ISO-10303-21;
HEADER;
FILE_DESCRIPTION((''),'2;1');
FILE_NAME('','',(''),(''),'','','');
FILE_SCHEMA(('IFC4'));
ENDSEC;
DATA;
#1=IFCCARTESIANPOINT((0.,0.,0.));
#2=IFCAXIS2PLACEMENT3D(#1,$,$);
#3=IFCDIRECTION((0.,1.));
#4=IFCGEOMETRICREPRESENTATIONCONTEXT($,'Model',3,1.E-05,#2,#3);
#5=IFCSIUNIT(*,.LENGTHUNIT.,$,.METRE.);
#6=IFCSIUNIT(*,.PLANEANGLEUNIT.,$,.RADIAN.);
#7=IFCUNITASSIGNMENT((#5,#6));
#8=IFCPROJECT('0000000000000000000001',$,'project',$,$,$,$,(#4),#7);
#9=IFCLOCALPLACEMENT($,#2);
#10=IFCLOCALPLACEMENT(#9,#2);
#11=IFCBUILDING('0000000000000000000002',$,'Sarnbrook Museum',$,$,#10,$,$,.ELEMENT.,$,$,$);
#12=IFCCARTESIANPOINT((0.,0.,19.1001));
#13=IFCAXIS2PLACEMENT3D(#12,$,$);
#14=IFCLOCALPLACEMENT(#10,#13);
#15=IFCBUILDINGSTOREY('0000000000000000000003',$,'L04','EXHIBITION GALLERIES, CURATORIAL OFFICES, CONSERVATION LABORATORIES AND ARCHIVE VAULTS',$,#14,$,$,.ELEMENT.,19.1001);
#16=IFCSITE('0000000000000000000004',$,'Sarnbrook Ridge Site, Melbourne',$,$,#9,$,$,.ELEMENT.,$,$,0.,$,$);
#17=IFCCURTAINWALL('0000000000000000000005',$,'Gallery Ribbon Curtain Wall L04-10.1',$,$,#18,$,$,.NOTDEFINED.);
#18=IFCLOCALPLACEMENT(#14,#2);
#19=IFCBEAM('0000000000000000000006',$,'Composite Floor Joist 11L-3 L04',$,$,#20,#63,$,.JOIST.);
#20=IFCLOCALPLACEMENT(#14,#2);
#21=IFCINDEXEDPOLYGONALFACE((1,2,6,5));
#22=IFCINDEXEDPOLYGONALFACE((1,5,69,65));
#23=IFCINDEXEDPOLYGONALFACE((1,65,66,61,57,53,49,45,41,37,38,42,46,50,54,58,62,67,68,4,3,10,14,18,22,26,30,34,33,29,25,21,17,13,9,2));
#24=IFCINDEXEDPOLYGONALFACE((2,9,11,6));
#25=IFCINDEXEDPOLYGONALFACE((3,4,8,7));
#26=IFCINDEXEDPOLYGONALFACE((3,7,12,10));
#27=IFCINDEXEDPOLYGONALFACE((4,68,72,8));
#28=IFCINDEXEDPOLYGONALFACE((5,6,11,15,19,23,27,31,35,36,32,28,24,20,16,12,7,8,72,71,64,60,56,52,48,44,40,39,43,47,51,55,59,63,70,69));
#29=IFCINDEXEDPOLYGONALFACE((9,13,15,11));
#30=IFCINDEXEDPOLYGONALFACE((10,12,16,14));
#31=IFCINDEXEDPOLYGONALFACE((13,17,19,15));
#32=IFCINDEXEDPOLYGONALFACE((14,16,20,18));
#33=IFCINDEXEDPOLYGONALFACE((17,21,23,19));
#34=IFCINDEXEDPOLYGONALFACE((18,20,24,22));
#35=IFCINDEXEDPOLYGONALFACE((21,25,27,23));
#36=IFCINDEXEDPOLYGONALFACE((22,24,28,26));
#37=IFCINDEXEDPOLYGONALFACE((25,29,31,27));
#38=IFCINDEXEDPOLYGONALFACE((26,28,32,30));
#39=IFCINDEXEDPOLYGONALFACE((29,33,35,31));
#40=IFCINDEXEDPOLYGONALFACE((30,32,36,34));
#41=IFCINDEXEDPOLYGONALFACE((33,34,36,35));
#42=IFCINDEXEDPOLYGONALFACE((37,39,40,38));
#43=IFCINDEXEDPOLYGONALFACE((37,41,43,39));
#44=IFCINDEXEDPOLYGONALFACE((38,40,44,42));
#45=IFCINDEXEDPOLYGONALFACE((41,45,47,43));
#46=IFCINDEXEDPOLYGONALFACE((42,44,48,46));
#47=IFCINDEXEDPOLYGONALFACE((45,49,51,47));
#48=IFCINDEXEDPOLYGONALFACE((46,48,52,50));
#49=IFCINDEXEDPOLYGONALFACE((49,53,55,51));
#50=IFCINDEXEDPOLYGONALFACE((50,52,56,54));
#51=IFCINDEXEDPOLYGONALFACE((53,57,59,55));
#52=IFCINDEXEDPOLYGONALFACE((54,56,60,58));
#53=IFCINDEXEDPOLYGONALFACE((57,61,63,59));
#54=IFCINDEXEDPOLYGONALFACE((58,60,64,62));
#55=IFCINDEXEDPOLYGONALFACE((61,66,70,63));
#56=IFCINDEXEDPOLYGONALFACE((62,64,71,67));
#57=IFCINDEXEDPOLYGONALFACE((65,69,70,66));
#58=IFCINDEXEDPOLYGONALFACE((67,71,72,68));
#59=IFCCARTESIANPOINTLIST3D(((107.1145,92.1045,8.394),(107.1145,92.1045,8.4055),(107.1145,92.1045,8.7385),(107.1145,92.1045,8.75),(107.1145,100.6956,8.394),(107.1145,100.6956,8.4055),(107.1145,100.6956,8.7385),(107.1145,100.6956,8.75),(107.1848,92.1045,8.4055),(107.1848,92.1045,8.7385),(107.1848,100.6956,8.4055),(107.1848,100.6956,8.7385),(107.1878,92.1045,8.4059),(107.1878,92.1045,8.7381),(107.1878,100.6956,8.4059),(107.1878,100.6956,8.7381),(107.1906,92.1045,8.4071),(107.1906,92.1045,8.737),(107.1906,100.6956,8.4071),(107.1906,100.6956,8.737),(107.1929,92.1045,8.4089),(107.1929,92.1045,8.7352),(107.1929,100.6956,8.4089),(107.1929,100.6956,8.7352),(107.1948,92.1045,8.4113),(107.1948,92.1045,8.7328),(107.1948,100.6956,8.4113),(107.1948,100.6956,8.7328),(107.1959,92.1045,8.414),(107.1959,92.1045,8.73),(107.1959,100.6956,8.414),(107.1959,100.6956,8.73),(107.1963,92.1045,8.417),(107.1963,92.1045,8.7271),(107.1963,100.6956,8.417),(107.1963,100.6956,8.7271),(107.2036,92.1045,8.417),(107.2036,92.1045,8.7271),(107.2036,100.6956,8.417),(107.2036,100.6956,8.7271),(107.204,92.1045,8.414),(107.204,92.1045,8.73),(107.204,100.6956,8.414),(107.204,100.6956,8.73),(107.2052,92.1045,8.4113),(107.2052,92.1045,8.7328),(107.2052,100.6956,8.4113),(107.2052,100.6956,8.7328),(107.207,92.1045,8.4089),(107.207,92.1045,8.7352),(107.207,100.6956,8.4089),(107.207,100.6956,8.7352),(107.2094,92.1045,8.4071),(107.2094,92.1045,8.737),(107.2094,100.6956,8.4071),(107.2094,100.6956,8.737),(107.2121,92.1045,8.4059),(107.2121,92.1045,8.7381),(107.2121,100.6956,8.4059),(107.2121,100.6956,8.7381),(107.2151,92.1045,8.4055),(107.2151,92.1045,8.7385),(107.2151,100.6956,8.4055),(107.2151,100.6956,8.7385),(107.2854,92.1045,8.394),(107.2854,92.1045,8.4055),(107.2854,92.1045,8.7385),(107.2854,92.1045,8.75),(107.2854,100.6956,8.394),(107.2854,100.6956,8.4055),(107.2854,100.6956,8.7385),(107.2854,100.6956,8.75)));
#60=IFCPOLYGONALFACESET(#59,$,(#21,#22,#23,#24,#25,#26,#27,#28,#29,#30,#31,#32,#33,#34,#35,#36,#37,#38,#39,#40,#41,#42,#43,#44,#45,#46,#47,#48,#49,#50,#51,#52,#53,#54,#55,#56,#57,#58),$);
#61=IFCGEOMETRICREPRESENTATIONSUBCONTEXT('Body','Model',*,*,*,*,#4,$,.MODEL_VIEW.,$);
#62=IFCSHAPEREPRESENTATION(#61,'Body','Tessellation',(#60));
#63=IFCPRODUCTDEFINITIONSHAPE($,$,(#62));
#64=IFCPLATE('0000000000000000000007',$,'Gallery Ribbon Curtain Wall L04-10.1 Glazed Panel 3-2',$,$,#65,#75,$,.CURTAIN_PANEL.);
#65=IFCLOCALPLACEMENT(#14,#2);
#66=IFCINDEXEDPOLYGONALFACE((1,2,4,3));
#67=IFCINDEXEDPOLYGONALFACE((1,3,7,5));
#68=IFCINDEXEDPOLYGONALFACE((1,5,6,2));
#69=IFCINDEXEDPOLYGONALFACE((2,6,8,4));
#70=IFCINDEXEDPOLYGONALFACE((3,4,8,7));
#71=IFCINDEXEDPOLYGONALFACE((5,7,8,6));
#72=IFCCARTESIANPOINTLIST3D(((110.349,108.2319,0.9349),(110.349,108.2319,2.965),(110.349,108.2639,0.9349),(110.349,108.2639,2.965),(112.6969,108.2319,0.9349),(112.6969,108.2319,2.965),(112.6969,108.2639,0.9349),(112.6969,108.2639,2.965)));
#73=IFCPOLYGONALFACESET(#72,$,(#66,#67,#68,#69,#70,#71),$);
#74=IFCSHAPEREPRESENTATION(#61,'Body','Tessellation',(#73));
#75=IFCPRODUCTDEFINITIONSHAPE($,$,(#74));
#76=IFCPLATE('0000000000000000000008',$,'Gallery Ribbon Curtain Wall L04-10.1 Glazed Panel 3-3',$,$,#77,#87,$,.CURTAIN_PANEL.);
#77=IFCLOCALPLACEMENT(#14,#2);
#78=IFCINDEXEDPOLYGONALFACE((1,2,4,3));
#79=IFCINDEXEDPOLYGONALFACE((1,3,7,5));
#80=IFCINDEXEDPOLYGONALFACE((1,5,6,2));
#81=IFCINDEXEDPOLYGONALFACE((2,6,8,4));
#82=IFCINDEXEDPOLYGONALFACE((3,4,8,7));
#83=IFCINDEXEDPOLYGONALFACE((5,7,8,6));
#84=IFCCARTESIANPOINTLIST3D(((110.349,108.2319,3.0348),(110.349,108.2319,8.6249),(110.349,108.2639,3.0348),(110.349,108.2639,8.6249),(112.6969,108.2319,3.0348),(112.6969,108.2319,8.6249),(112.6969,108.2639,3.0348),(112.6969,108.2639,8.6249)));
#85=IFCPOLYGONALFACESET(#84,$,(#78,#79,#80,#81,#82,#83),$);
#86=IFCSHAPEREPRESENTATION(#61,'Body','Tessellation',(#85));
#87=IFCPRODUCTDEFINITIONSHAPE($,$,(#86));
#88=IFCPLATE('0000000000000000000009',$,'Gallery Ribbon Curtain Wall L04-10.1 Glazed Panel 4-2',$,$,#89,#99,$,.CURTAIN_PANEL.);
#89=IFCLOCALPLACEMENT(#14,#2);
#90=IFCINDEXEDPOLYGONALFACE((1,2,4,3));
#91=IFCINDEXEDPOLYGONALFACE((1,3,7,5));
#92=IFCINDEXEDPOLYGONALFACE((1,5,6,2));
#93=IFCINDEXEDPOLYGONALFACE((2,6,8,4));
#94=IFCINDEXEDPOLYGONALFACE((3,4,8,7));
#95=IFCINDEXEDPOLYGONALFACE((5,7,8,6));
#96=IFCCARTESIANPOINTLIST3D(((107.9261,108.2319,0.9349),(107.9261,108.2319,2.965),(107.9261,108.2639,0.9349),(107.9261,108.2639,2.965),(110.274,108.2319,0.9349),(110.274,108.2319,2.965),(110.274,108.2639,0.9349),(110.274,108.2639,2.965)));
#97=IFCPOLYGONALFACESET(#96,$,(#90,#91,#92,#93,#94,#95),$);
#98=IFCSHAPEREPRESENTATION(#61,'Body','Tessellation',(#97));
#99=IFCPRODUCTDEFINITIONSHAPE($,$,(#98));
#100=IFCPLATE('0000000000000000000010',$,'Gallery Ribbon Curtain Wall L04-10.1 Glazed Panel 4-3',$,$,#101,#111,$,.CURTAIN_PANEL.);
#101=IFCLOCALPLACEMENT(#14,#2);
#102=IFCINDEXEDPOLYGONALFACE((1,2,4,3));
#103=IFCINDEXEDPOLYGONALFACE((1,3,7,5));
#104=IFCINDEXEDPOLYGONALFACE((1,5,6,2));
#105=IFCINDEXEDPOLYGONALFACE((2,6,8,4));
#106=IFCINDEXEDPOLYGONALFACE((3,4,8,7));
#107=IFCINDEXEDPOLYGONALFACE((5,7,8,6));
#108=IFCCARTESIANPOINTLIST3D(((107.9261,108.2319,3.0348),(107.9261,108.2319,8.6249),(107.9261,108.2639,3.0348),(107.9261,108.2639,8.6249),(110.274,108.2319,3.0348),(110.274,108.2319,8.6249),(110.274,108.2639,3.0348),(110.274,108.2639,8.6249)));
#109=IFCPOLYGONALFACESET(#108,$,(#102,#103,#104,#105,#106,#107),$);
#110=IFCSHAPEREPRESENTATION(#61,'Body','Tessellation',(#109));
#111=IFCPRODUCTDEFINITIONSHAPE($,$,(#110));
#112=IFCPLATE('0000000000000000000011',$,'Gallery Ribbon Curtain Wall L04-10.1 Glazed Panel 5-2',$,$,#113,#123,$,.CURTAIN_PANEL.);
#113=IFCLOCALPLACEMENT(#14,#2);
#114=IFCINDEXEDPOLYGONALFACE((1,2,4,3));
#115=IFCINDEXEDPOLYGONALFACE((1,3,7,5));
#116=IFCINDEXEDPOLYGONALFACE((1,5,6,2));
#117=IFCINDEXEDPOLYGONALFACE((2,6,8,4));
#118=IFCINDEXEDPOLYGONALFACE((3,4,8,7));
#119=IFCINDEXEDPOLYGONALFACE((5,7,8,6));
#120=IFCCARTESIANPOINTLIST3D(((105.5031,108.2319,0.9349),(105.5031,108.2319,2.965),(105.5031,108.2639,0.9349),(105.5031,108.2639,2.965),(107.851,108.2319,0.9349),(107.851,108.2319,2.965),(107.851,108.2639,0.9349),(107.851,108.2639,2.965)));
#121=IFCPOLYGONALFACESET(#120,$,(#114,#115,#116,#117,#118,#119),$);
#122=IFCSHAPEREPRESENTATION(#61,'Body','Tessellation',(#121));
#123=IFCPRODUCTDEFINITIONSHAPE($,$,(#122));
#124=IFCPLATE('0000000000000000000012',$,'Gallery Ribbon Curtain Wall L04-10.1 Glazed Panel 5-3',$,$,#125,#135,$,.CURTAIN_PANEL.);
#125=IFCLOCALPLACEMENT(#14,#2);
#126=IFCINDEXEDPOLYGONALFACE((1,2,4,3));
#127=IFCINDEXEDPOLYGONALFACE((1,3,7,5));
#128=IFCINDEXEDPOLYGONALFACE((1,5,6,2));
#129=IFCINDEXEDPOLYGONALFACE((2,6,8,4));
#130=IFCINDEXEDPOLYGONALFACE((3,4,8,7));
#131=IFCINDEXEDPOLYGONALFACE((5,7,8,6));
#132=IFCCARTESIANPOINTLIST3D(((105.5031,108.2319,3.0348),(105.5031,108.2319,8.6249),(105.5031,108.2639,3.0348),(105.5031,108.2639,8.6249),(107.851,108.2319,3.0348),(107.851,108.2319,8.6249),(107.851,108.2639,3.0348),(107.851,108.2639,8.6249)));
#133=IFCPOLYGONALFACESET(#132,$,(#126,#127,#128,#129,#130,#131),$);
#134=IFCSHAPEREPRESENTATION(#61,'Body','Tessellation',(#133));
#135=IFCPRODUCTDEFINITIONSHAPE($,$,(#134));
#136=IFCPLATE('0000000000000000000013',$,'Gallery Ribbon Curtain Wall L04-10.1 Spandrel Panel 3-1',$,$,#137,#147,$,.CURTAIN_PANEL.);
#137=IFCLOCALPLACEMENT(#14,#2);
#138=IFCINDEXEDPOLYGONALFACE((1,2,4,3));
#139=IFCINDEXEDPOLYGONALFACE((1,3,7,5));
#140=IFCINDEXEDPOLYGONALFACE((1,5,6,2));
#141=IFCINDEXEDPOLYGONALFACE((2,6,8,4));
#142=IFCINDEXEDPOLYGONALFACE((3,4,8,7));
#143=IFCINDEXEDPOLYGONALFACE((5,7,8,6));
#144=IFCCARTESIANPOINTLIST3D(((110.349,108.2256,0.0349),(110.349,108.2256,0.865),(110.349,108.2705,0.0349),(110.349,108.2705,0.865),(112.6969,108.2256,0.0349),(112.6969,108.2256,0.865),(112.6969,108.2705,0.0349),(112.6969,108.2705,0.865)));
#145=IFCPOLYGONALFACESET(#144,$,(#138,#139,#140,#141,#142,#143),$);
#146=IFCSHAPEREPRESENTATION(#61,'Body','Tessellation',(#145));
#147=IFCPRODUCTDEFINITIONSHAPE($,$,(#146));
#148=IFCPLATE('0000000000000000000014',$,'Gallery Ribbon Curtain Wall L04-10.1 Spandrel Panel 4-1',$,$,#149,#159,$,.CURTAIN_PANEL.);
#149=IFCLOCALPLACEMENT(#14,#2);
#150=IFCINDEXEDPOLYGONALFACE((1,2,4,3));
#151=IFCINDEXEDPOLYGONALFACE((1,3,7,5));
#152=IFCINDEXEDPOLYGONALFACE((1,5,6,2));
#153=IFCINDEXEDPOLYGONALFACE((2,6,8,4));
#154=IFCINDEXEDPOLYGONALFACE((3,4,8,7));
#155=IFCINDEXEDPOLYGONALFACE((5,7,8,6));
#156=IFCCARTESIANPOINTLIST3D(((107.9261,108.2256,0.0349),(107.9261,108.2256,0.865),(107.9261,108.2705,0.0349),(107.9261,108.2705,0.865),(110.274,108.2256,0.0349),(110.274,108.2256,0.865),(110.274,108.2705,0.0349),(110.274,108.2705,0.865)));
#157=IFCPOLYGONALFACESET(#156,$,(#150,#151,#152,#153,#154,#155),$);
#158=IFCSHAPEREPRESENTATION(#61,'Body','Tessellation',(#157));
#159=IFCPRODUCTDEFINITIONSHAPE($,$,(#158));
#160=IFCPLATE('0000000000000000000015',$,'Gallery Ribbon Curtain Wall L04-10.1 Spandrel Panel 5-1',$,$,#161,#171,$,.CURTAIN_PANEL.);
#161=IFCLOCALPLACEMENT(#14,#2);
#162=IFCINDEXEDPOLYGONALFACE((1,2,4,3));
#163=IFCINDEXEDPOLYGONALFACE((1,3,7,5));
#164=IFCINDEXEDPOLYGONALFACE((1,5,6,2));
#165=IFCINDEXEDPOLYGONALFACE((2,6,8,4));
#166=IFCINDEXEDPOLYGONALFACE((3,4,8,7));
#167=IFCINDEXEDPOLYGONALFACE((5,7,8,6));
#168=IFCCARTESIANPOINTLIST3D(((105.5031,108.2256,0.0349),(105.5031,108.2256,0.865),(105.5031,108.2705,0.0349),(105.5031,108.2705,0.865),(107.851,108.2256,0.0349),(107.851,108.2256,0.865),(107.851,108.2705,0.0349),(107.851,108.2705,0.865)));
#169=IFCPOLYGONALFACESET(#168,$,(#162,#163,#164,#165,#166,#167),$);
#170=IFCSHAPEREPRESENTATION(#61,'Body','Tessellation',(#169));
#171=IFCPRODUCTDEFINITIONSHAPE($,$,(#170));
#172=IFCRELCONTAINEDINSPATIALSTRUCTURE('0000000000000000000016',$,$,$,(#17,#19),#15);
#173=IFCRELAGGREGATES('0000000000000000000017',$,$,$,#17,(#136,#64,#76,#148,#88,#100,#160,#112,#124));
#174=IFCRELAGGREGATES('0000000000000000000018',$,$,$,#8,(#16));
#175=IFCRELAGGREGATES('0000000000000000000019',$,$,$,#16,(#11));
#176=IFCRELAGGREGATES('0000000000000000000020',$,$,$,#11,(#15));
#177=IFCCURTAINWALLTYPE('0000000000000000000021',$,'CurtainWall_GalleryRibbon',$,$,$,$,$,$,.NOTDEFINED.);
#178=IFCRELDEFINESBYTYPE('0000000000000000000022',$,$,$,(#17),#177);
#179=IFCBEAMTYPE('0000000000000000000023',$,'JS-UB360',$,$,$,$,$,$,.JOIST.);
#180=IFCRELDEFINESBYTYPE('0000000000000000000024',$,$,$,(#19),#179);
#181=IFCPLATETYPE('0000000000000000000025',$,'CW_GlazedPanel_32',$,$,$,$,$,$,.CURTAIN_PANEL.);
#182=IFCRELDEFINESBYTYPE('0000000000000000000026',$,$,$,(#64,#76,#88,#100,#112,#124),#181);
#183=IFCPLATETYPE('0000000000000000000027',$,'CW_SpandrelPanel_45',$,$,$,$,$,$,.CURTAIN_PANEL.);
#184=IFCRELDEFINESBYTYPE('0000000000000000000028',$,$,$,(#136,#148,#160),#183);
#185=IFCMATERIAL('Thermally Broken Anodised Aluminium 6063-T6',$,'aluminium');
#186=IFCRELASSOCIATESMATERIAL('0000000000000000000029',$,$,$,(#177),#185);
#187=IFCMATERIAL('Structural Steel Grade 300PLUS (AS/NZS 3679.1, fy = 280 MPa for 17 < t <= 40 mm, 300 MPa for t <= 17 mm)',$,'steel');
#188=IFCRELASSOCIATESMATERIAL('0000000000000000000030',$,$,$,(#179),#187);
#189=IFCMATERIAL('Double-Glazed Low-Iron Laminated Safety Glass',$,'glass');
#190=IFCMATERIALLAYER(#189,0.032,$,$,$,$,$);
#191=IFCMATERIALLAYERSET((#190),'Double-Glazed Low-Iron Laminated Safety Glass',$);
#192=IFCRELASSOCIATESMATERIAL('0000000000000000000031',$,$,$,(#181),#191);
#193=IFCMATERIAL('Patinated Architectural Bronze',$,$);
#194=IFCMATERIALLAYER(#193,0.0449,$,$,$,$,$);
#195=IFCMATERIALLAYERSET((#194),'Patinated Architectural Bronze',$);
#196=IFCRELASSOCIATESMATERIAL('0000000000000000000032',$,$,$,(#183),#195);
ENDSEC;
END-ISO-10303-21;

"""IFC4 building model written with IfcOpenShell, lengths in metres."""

from ifc_helpers import new_model, si_unit, direction, frame, origin, origin_2d, place, context, subcontext, project, spatial, rectangle, i_section, extrude, material, layer, layer_set, material_profile, profile_set, type_object, element, aggregate, save


model = new_model("IFC4")

# Units and contexts
model_context = context("Model", 3, precision=1e-05, world=origin(), true_north=direction((0.0, 1.0)))
body_context = subcontext(model_context, "Body", "Model", "MODEL_VIEW")
ifc_project = project(units=[si_unit("LENGTHUNIT", "METRE"), si_unit("PLANEANGLEUNIT", "RADIAN")], contexts=[model_context])

# Site, building, storey
site_placement = place(None, origin())
site = spatial("IfcSite", under=ifc_project, at=site_placement, Name="Sarnbrook Ridge Site, Melbourne", CompositionType="ELEMENT", RefElevation=0.0)
building_placement = place(site_placement, origin())
building = spatial("IfcBuilding", under=site, at=building_placement, Name="Sarnbrook Museum", CompositionType="ELEMENT")
storey_placement = place(building_placement, frame((0.0, 0.0, 19.1001)))
storey = spatial("IfcBuildingStorey", under=building, at=storey_placement, Name="L04", Description="EXHIBITION GALLERIES, CURATORIAL OFFICES, CONSERVATION LABORATORIES AND ARCHIVE VAULTS", CompositionType="ELEMENT", Elevation=19.1001)

# Shared definitions
ifc_material_1 = material(Name="Structural Steel Grade 300PLUS (AS/NZS 3679.1, fy = 280 MPa for 17 < t <= 40 mm, 300 MPa for t <= 17 mm)", Category="steel")

# Curtain wall
ifc_material_2 = material(Name="Thermally Broken Anodised Aluminium 6063-T6", Category="aluminium")
curtain_wall_type = type_object("IfcCurtainWallType", Name="CurtainWall_GalleryRibbon", PredefinedType="NOTDEFINED", material=ifc_material_2)
curtain_wall_placement = place(storey_placement, origin())
curtain_wall = element("IfcCurtainWall", 1, at=curtain_wall_placement, inside=storey, type_object=curtain_wall_type, Name="Gallery Ribbon Curtain Wall L04-10.1", PredefinedType="NOTDEFINED")

# Beam
ifc_material_profile_1 = material_profile(ifc_material_1, i_section(OverallWidth=0.1709, OverallDepth=0.356, WebThickness=0.0073, FlangeThickness=0.0115, FilletRadius=0.0115, at=origin_2d()), Name="360UB50.7")
ifc_profile_set_1 = profile_set([ifc_material_profile_1], Name="Structural Steel Grade 300PLUS (AS/NZS 3679.1, fy = 280 MPa for 17 < t <= 40 mm, 300 MPa for t <= 17 mm)")
beam_type_1 = type_object("IfcBeamType", Name="JS-UB360", PredefinedType="JOIST", material=ifc_profile_set_1)
beam_1_placement = place(storey_placement, frame((107.2, 92.1045, 8.572), z_axis=(0.0, 1.0, 0.0), x_axis=(-1.0, 0.0, 0.0)))
element("IfcBeam", 2, at=beam_1_placement, inside=storey, type_object=beam_type_1, Name="Composite Floor Joist 11L-3 L04", PredefinedType="JOIST", context=body_context, shape_type="SweptSolid", body=[
    extrude(i_section(OverallWidth=0.1709, OverallDepth=0.356, WebThickness=0.0073, FlangeThickness=0.0115, FilletRadius=0.0115, at=origin_2d()), origin(), (0.0, 0.0, 1.0), 8.5911),
])

# Plates
ifc_material_3 = material(Name="Double-Glazed Low-Iron Laminated Safety Glass", Category="glass")
ifc_layer_1 = layer(ifc_material_3, 0.032)
ifc_layer_set_1 = layer_set([ifc_layer_1], Name="Double-Glazed Low-Iron Laminated Safety Glass")
plate_type_1 = type_object("IfcPlateType", Name="CW_GlazedPanel_32", PredefinedType="CURTAIN_PANEL", material=ifc_layer_set_1)
plate_1_placement = place(storey_placement, frame((111.5229, 108.2319, 1.95), z_axis=(0.0, 1.0, 0.0), x_axis=(-1.0, 0.0, 0.0)))
plate_1 = element("IfcPlate", 3, at=plate_1_placement, type_object=plate_type_1, Name="Gallery Ribbon Curtain Wall L04-10.1 Glazed Panel 3-2", PredefinedType="CURTAIN_PANEL", context=body_context, shape_type="SweptSolid", body=[
    extrude(rectangle(XDim=2.3479, YDim=2.03, at=origin_2d()), origin(), (0.0, 0.0, 1.0), 0.032),
])
plate_2_placement = place(storey_placement, frame((111.5229, 108.2319, 5.8298), z_axis=(0.0, 1.0, 0.0), x_axis=(-1.0, 0.0, 0.0)))
plate_2 = element("IfcPlate", 4, at=plate_2_placement, type_object=plate_type_1, Name="Gallery Ribbon Curtain Wall L04-10.1 Glazed Panel 3-3", PredefinedType="CURTAIN_PANEL", context=body_context, shape_type="SweptSolid", body=[
    extrude(rectangle(XDim=2.3479, YDim=5.5901, at=origin_2d()), origin(), (0.0, 0.0, 1.0), 0.032),
])
plate_3_placement = place(storey_placement, frame((109.1001, 108.2319, 1.95), z_axis=(0.0, 1.0, 0.0), x_axis=(-1.0, 0.0, 0.0)))
plate_3 = element("IfcPlate", 5, at=plate_3_placement, type_object=plate_type_1, Name="Gallery Ribbon Curtain Wall L04-10.1 Glazed Panel 4-2", PredefinedType="CURTAIN_PANEL", context=body_context, shape_type="SweptSolid", body=[
    extrude(rectangle(XDim=2.3479, YDim=2.03, at=origin_2d()), origin(), (0.0, 0.0, 1.0), 0.032),
])
plate_4_placement = place(storey_placement, frame((109.1001, 108.2319, 5.8298), z_axis=(0.0, 1.0, 0.0), x_axis=(-1.0, 0.0, 0.0)))
plate_4 = element("IfcPlate", 6, at=plate_4_placement, type_object=plate_type_1, Name="Gallery Ribbon Curtain Wall L04-10.1 Glazed Panel 4-3", PredefinedType="CURTAIN_PANEL", context=body_context, shape_type="SweptSolid", body=[
    extrude(rectangle(XDim=2.3479, YDim=5.5901, at=origin_2d()), origin(), (0.0, 0.0, 1.0), 0.032),
])
plate_5_placement = place(storey_placement, frame((106.677, 108.2319, 1.95), z_axis=(0.0, 1.0, 0.0), x_axis=(-1.0, 0.0, 0.0)))
plate_5 = element("IfcPlate", 7, at=plate_5_placement, type_object=plate_type_1, Name="Gallery Ribbon Curtain Wall L04-10.1 Glazed Panel 5-2", PredefinedType="CURTAIN_PANEL", context=body_context, shape_type="SweptSolid", body=[
    extrude(rectangle(XDim=2.3479, YDim=2.03, at=origin_2d()), origin(), (0.0, 0.0, 1.0), 0.032),
])
plate_6_placement = place(storey_placement, frame((106.677, 108.2319, 5.8298), z_axis=(0.0, 1.0, 0.0), x_axis=(-1.0, 0.0, 0.0)))
plate_6 = element("IfcPlate", 8, at=plate_6_placement, type_object=plate_type_1, Name="Gallery Ribbon Curtain Wall L04-10.1 Glazed Panel 5-3", PredefinedType="CURTAIN_PANEL", context=body_context, shape_type="SweptSolid", body=[
    extrude(rectangle(XDim=2.3479, YDim=5.5901, at=origin_2d()), origin(), (0.0, 0.0, 1.0), 0.032),
])
ifc_material_4 = material(Name="Patinated Architectural Bronze")
ifc_layer_2 = layer(ifc_material_4, 0.0449)
ifc_layer_set_2 = layer_set([ifc_layer_2], Name="Patinated Architectural Bronze")
plate_type_2 = type_object("IfcPlateType", Name="CW_SpandrelPanel_45", PredefinedType="CURTAIN_PANEL", material=ifc_layer_set_2)
plate_7_placement = place(storey_placement, frame((111.5229, 108.2256, 0.45), z_axis=(0.0, 1.0, 0.0), x_axis=(-1.0, 0.0, 0.0)))
plate_7 = element("IfcPlate", 9, at=plate_7_placement, type_object=plate_type_2, Name="Gallery Ribbon Curtain Wall L04-10.1 Spandrel Panel 3-1", PredefinedType="CURTAIN_PANEL", context=body_context, shape_type="SweptSolid", body=[
    extrude(rectangle(XDim=2.3479, YDim=0.8301, at=origin_2d()), origin(), (0.0, 0.0, 1.0), 0.0449),
])
plate_8_placement = place(storey_placement, frame((109.1001, 108.2256, 0.45), z_axis=(0.0, 1.0, 0.0), x_axis=(-1.0, 0.0, 0.0)))
plate_8 = element("IfcPlate", 10, at=plate_8_placement, type_object=plate_type_2, Name="Gallery Ribbon Curtain Wall L04-10.1 Spandrel Panel 4-1", PredefinedType="CURTAIN_PANEL", context=body_context, shape_type="SweptSolid", body=[
    extrude(rectangle(XDim=2.3479, YDim=0.8301, at=origin_2d()), origin(), (0.0, 0.0, 1.0), 0.0449),
])
plate_9_placement = place(storey_placement, frame((106.677, 108.2256, 0.45), z_axis=(0.0, 1.0, 0.0), x_axis=(-1.0, 0.0, 0.0)))
plate_9 = element("IfcPlate", 11, at=plate_9_placement, type_object=plate_type_2, Name="Gallery Ribbon Curtain Wall L04-10.1 Spandrel Panel 5-1", PredefinedType="CURTAIN_PANEL", context=body_context, shape_type="SweptSolid", body=[
    extrude(rectangle(XDim=2.3479, YDim=0.8301, at=origin_2d()), origin(), (0.0, 0.0, 1.0), 0.0449),
])
aggregate(curtain_wall, [plate_7, plate_1, plate_2, plate_8, plate_3, plate_4, plate_9, plate_5, plate_6])

save(model, "model.ifc")
